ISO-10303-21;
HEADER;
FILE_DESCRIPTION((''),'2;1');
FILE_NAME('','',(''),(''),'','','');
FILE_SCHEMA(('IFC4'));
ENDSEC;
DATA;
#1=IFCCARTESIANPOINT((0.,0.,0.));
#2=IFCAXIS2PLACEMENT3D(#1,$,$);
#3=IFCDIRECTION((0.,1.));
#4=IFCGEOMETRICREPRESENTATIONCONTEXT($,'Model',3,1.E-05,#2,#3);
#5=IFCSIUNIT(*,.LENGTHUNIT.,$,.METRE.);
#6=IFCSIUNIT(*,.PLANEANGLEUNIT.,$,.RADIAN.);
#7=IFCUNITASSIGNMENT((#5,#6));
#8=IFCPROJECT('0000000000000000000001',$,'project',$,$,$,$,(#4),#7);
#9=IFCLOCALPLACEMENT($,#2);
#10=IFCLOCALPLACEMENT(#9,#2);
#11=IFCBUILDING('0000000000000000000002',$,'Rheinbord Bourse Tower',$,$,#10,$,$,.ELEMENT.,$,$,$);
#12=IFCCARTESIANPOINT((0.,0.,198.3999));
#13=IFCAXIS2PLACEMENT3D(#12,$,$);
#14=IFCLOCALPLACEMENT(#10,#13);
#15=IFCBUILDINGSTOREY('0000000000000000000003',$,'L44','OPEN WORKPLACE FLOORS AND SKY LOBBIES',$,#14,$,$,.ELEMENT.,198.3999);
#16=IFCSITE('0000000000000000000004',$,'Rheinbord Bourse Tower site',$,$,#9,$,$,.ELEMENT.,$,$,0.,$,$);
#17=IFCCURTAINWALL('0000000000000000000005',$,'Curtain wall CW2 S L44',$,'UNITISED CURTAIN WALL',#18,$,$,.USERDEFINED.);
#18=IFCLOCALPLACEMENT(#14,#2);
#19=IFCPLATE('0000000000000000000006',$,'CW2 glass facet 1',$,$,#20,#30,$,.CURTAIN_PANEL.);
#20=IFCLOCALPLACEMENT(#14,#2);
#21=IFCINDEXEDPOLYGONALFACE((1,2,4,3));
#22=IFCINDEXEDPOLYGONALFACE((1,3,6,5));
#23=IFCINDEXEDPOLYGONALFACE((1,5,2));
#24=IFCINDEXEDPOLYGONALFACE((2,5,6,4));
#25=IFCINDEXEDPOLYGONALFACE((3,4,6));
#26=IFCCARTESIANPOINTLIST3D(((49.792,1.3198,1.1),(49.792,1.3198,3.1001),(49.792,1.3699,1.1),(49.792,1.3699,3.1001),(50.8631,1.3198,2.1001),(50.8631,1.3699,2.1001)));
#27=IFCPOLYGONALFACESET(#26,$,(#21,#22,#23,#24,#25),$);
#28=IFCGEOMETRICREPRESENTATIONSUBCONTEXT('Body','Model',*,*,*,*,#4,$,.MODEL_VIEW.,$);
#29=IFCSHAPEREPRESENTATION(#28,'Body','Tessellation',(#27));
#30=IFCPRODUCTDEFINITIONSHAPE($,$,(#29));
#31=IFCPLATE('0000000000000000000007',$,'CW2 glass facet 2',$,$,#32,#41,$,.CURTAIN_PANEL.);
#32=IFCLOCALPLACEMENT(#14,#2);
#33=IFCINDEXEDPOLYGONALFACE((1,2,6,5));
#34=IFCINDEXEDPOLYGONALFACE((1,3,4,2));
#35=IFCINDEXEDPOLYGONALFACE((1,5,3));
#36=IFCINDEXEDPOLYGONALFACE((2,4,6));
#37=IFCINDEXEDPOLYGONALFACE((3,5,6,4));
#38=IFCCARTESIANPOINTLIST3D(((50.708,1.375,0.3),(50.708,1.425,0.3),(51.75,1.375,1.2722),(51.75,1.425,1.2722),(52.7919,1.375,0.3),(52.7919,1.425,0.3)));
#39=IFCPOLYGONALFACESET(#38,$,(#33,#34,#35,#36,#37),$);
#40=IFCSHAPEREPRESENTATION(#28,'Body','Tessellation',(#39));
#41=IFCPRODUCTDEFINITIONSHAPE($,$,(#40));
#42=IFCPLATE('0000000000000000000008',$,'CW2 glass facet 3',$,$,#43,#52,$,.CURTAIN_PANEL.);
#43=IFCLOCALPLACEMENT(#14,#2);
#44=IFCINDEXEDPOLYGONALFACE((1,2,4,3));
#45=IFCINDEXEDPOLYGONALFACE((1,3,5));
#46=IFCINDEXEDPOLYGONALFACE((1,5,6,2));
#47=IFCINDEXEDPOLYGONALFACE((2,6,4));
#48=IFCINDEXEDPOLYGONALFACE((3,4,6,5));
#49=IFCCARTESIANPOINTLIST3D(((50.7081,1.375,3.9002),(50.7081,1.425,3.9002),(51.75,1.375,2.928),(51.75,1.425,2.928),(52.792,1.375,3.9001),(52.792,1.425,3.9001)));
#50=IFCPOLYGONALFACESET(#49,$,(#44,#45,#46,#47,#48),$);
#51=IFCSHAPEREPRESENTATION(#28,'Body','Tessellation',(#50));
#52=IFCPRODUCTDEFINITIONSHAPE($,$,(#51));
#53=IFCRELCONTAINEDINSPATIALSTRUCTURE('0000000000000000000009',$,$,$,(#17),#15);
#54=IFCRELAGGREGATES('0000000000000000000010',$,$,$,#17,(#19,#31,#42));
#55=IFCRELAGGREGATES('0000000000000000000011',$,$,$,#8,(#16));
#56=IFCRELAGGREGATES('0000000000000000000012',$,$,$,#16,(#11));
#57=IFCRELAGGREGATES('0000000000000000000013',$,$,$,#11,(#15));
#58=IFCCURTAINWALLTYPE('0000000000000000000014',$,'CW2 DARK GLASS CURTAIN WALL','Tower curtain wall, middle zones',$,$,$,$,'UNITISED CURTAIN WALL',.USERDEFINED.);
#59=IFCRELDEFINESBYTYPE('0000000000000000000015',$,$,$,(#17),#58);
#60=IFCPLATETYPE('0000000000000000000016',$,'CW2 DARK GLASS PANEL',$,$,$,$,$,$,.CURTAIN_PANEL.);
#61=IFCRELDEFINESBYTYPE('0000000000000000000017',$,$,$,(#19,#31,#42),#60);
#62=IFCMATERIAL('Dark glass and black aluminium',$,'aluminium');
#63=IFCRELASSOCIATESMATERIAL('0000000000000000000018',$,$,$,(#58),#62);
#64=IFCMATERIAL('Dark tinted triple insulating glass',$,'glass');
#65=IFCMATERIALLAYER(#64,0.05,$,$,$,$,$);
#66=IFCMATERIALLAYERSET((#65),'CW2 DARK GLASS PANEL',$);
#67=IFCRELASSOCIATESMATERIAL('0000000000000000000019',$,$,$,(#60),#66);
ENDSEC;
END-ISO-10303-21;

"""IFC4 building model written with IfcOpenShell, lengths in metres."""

from ifc_helpers import new_model, si_unit, direction, frame, origin, place, context, subcontext, project, spatial, polyline, outline, extrude, material, layer, layer_set, type_object, element, aggregate, save


model = new_model("IFC4")

# Units and contexts
model_context = context("Model", 3, precision=1e-05, world=origin(), true_north=direction((0.0, 1.0)))
body_context = subcontext(model_context, "Body", "Model", "MODEL_VIEW")
ifc_project = project(units=[si_unit("LENGTHUNIT", "METRE"), si_unit("PLANEANGLEUNIT", "RADIAN")], contexts=[model_context])

# Site, building, storey
site_placement = place(None, origin())
site = spatial("IfcSite", under=ifc_project, at=site_placement, Name="Rheinbord Bourse Tower site", CompositionType="ELEMENT", RefElevation=0.0)
building_placement = place(site_placement, origin())
building = spatial("IfcBuilding", under=site, at=building_placement, Name="Rheinbord Bourse Tower", CompositionType="ELEMENT")
storey_placement = place(building_placement, frame((0.0, 0.0, 198.3999)))
storey = spatial("IfcBuildingStorey", under=building, at=storey_placement, Name="L44", Description="OPEN WORKPLACE FLOORS AND SKY LOBBIES", CompositionType="ELEMENT", Elevation=198.3999)

# Curtain wall
ifc_material_1 = material(Name="Dark glass and black aluminium", Category="aluminium")
curtain_wall_type = type_object("IfcCurtainWallType", Name="CW2 DARK GLASS CURTAIN WALL", Description="Tower curtain wall, middle zones", ElementType="UNITISED CURTAIN WALL", PredefinedType="USERDEFINED", material=ifc_material_1)
curtain_wall_placement = place(storey_placement, origin())
curtain_wall = element("IfcCurtainWall", 1, at=curtain_wall_placement, inside=storey, type_object=curtain_wall_type, Name="Curtain wall CW2 S L44", ObjectType="UNITISED CURTAIN WALL", PredefinedType="USERDEFINED")

# Plates
ifc_material_2 = material(Name="Dark tinted triple insulating glass", Category="glass")
ifc_layer = layer(ifc_material_2, 0.05)
ifc_layer_set = layer_set([ifc_layer], Name="CW2 DARK GLASS PANEL")
plate_type = type_object("IfcPlateType", Name="CW2 DARK GLASS PANEL", PredefinedType="CURTAIN_PANEL", material=ifc_layer_set)
plate_1_placement = place(storey_placement, frame((49.792, 1.3198, 3.1001), z_axis=(0.0, 1.0, 0.0), x_axis=(0.730933, 0.0, -0.682449)))
plate_1 = element("IfcPlate", 2, at=plate_1_placement, type_object=plate_type, Name="CW2 glass facet 1", PredefinedType="CURTAIN_PANEL", context=body_context, shape_type="SweptSolid", body=[
    extrude(outline(polyline([(0.0, 0.0), (1.4653, 0.0), (1.365, 1.4619), (0.0, 0.0)])), origin(), (0.0, 0.0, 1.0), 0.05),
])
plate_2_placement = place(storey_placement, frame((50.708, 1.375, 0.3), z_axis=(0.0, 1.0, 0.0), x_axis=(0.731181, 0.0, 0.682184)))
plate_2 = element("IfcPlate", 3, at=plate_2_placement, type_object=plate_type, Name="CW2 glass facet 2", PredefinedType="CURTAIN_PANEL", context=body_context, shape_type="SweptSolid", body=[
    extrude(outline(polyline([(0.0, 0.0), (1.425, 0.0), (1.5237, 1.4216), (0.0, 0.0)])), origin(), (0.0, 0.0, 1.0), 0.05),
])
plate_3_placement = place(storey_placement, frame((52.792, 1.375, 3.9001), z_axis=(0.0, 1.0, 0.0), x_axis=(-0.731181, 0.0, -0.682184)))
plate_3 = element("IfcPlate", 4, at=plate_3_placement, type_object=plate_type, Name="CW2 glass facet 3", PredefinedType="CURTAIN_PANEL", context=body_context, shape_type="SweptSolid", body=[
    extrude(outline(polyline([(0.0, 0.0), (1.425, 0.0), (1.5237, 1.4216), (0.0, 0.0)])), origin(), (0.0, 0.0, 1.0), 0.05),
])
aggregate(curtain_wall, [plate_1, plate_2, plate_3])

save(model, "model.ifc")
